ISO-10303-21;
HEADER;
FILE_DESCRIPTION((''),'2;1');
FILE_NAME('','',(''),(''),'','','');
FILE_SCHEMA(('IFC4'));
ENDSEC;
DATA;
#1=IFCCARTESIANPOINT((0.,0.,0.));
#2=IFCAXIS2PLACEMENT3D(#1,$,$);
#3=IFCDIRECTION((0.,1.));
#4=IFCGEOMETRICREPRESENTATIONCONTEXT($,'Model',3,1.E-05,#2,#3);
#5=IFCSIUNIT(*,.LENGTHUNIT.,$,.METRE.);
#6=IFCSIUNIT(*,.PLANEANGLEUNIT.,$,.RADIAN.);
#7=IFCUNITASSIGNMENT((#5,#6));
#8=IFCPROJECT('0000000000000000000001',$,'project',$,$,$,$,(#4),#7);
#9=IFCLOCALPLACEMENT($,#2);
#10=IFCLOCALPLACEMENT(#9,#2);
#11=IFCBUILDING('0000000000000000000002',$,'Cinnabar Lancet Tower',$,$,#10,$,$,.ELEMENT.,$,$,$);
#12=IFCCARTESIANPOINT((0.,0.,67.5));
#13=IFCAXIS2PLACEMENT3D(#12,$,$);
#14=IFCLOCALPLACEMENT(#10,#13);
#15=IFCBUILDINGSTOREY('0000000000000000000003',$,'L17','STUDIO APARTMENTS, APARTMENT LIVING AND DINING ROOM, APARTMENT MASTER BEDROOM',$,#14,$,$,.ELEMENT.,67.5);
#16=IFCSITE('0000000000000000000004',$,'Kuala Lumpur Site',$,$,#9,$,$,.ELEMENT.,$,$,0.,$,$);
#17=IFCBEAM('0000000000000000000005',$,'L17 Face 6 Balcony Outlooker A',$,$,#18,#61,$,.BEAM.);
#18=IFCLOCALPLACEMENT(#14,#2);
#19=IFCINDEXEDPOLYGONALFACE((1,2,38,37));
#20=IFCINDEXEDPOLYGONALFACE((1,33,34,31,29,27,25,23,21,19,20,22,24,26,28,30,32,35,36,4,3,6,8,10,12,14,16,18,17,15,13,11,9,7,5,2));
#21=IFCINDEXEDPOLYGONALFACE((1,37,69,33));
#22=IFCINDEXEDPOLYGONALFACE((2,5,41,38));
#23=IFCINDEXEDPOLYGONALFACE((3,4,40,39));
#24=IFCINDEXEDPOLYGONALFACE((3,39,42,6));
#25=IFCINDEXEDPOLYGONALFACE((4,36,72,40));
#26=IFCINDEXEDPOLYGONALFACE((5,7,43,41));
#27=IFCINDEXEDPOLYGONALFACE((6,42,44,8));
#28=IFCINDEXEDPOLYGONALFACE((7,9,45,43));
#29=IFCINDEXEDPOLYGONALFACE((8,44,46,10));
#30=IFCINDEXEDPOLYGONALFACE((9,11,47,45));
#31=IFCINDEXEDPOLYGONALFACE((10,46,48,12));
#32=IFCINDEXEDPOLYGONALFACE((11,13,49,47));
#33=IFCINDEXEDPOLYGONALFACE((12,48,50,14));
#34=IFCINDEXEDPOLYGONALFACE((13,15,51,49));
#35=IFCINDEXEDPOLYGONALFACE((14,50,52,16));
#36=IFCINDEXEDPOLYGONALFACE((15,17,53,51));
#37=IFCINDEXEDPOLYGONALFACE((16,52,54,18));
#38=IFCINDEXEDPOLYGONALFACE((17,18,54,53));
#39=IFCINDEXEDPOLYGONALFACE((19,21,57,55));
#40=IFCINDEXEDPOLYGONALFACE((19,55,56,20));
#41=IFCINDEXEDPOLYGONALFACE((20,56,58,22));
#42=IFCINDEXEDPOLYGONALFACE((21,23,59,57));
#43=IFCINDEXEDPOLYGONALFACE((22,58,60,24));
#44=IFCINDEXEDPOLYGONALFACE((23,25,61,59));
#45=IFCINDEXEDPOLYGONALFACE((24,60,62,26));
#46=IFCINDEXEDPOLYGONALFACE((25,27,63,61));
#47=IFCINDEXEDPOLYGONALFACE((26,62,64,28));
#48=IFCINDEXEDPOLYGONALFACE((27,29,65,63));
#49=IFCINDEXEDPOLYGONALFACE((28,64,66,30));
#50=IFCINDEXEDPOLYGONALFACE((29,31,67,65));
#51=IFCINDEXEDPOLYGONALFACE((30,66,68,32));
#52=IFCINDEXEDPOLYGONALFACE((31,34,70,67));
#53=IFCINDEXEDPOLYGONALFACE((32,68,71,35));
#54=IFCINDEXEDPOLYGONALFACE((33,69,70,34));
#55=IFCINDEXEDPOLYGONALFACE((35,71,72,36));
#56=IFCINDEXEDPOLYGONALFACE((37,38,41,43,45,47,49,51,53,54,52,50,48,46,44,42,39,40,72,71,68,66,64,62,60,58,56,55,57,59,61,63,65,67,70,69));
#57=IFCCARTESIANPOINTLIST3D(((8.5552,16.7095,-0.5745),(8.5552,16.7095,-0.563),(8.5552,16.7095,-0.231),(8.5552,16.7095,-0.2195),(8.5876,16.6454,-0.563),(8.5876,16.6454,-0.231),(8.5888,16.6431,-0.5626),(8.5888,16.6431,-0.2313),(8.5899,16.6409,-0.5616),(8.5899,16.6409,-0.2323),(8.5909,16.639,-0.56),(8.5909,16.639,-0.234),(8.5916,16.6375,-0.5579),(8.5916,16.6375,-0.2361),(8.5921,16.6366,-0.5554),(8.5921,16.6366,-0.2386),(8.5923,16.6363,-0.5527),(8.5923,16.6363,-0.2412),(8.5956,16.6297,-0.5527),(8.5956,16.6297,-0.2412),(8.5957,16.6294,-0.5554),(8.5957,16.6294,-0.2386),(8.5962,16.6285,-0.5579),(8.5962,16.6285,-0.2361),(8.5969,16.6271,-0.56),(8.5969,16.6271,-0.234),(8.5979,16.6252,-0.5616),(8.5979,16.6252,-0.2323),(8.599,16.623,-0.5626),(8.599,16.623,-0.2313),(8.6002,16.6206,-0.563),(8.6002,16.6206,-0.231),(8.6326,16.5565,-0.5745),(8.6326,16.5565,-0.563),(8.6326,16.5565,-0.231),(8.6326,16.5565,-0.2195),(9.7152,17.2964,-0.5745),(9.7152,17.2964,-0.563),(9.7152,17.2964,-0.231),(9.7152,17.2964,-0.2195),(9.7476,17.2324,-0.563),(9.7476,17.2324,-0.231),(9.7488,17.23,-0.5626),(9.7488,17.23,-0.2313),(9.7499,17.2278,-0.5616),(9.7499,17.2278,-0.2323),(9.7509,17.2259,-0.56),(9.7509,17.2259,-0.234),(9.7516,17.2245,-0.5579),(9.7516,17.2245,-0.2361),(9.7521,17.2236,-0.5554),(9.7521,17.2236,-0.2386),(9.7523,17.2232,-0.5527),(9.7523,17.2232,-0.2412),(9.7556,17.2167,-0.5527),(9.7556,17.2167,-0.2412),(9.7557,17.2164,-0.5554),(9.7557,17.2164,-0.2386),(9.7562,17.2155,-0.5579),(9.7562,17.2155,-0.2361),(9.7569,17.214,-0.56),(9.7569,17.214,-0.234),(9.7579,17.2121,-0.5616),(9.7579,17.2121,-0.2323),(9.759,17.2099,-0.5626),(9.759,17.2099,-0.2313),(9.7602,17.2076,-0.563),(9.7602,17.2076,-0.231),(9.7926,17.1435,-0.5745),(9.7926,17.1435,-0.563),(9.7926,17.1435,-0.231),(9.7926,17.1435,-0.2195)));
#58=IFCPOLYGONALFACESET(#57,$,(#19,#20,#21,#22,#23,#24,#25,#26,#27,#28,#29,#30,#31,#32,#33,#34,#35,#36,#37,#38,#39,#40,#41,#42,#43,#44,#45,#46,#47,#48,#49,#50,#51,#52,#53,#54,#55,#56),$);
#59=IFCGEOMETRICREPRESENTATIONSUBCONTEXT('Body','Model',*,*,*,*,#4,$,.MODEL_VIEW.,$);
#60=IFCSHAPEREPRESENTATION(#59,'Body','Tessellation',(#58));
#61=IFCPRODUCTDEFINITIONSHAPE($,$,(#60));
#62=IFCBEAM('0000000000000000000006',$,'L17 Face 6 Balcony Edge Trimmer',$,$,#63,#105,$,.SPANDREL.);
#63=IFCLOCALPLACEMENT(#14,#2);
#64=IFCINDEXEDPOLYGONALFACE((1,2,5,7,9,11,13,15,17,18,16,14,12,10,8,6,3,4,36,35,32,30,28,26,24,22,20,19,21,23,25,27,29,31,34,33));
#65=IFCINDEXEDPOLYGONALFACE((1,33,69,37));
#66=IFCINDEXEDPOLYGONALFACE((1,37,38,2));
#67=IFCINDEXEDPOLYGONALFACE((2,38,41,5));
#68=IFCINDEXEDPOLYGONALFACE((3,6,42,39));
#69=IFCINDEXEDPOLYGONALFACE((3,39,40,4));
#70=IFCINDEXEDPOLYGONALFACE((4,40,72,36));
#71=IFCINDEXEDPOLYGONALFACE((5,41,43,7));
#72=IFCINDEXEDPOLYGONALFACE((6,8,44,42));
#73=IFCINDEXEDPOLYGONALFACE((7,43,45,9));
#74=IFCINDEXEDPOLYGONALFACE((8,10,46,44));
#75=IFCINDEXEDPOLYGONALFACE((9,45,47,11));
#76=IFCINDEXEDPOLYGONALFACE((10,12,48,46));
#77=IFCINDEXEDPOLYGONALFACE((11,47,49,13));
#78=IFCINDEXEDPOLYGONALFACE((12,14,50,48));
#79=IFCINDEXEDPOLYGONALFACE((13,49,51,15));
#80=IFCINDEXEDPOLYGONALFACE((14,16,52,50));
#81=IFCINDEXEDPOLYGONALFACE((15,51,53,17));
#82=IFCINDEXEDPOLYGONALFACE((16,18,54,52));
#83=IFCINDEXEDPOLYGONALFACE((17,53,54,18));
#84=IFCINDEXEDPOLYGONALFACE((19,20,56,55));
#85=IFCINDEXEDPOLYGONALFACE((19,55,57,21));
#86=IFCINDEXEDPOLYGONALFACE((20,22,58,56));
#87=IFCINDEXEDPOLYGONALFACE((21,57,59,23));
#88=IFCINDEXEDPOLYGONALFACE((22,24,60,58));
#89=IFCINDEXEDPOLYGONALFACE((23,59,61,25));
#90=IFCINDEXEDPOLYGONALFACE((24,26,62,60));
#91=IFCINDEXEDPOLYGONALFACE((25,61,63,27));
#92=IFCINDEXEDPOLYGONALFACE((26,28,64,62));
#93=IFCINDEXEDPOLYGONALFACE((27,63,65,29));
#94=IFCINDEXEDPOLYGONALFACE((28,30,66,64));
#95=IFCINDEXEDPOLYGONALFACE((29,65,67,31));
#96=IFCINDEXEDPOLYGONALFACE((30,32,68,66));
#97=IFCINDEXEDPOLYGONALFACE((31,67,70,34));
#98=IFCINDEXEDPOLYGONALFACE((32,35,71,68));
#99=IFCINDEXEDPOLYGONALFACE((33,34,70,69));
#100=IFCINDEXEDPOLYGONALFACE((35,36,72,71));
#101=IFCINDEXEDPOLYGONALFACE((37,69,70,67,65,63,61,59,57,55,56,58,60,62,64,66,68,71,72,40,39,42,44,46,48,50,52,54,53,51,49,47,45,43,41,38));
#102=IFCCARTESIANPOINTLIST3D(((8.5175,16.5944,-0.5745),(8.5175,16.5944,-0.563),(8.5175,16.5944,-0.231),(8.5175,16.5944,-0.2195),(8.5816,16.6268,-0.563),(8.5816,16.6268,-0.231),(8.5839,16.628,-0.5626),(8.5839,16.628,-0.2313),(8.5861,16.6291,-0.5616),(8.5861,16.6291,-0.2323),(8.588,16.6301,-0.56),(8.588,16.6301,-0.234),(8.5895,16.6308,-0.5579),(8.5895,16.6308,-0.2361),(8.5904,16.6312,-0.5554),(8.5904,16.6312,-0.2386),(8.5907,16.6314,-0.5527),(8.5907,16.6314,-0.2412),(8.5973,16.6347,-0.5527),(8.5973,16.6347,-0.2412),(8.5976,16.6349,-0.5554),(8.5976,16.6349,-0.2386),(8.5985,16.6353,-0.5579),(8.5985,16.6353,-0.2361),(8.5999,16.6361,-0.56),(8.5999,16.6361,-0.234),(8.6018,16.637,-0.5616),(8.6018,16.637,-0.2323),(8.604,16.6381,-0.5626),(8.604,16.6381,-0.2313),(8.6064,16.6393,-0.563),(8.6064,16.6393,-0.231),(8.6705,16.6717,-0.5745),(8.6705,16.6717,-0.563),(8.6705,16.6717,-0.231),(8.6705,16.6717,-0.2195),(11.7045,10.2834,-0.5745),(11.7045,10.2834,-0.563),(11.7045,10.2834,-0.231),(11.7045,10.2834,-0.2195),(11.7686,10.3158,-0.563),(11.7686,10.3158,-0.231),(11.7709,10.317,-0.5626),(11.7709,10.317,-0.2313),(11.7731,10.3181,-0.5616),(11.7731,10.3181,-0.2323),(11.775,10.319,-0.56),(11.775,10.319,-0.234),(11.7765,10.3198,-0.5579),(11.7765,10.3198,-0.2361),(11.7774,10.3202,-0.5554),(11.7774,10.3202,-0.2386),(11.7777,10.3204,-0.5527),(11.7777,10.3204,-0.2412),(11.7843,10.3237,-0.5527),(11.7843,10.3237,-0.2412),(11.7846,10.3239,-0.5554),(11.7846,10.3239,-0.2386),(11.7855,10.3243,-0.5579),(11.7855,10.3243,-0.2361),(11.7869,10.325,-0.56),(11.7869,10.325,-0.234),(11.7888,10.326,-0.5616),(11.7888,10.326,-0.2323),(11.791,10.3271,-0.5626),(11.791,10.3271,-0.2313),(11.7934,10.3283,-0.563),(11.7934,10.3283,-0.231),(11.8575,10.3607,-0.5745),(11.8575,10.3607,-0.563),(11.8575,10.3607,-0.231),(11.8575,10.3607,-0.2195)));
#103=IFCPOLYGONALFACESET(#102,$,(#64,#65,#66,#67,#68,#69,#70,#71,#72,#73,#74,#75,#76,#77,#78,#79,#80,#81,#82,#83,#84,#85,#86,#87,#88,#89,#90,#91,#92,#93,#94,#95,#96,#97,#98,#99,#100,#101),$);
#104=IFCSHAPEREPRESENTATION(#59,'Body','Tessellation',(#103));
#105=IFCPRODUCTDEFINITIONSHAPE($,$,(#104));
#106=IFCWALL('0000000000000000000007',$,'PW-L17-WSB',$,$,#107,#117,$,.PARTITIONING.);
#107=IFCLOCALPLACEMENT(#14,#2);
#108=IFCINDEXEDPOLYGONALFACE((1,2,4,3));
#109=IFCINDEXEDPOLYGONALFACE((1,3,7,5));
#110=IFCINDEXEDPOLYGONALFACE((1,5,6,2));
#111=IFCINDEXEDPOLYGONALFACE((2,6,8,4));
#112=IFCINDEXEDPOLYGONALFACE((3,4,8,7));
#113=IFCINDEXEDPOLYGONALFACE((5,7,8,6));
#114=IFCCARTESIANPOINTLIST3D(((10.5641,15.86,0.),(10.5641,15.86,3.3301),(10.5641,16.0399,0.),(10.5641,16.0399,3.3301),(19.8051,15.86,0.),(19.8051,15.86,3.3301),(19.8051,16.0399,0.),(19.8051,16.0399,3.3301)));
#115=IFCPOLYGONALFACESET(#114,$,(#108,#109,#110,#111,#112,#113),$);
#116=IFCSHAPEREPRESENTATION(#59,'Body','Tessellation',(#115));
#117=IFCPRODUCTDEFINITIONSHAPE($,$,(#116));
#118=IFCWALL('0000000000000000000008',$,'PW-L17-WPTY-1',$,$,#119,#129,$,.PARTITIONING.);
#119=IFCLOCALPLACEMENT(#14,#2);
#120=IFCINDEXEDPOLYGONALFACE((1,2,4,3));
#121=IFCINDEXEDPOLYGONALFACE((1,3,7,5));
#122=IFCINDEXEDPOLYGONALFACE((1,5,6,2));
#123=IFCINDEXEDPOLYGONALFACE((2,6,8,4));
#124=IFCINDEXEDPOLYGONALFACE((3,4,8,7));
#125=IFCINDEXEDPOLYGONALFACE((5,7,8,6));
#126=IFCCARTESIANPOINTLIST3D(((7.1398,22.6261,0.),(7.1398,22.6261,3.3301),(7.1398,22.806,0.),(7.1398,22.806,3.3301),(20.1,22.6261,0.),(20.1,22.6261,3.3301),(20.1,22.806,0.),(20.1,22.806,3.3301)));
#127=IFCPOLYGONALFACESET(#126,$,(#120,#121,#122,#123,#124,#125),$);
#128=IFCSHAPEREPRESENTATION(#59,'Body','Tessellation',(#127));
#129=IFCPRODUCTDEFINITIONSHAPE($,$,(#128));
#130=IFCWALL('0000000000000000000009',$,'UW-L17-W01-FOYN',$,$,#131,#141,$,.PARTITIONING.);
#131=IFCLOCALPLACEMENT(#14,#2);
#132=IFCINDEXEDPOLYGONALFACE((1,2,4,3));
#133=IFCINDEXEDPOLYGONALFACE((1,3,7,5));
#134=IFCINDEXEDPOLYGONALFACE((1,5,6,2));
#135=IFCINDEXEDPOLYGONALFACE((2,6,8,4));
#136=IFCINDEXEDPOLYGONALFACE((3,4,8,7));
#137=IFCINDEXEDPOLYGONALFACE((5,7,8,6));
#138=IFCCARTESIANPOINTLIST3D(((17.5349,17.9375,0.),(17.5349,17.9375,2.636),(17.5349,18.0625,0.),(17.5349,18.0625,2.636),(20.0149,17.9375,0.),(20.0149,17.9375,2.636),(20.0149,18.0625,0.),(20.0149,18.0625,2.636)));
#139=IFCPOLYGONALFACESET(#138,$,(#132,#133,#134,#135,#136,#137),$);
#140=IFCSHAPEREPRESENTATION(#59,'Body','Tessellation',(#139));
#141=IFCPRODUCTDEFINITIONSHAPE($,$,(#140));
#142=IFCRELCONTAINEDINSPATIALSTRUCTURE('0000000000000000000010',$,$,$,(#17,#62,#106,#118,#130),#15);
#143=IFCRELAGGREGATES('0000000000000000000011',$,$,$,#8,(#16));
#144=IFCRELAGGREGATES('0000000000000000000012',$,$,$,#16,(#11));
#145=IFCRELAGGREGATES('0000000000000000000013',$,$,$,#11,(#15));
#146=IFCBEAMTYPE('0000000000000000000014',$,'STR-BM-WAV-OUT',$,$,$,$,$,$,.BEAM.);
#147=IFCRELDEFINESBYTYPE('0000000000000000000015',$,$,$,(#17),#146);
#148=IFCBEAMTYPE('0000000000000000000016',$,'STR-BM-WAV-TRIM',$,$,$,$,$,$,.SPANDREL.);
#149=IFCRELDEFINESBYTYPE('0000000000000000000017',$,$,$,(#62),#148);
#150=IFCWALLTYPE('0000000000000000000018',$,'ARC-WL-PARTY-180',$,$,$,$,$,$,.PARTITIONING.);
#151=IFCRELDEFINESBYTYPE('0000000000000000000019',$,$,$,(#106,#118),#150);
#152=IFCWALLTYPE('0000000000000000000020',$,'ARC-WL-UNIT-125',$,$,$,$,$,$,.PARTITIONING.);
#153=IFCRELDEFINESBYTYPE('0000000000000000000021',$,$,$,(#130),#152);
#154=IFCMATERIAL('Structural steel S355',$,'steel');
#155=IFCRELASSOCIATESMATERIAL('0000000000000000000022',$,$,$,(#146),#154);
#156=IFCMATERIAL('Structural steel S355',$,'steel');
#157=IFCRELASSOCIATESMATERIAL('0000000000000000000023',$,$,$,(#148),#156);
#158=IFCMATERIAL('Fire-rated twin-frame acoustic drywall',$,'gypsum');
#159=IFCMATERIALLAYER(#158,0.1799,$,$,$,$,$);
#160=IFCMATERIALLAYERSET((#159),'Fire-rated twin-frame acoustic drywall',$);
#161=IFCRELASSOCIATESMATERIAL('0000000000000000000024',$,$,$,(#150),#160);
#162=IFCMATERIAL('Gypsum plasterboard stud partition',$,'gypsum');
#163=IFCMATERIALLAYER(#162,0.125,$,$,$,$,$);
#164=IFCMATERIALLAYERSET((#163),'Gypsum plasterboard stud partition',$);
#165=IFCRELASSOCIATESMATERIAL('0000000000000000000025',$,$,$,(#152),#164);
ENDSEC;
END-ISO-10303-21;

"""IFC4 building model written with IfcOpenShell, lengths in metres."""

from ifc_helpers import new_model, si_unit, direction, frame, frame_2d, origin, origin_2d, place, context, subcontext, project, spatial, rectangle, i_section, extrude, material, layer, layer_set, material_profile, profile_set, type_object, element, save


model = new_model("IFC4")

# Units and contexts
model_context = context("Model", 3, precision=1e-05, world=origin(), true_north=direction((0.0, 1.0)))
body_context = subcontext(model_context, "Body", "Model", "MODEL_VIEW")
ifc_project = project(units=[si_unit("LENGTHUNIT", "METRE"), si_unit("PLANEANGLEUNIT", "RADIAN")], contexts=[model_context])

# Site, building, storey
site_placement = place(None, origin())
site = spatial("IfcSite", under=ifc_project, at=site_placement, Name="Kuala Lumpur Site", CompositionType="ELEMENT", RefElevation=0.0)
building_placement = place(site_placement, origin())
building = spatial("IfcBuilding", under=site, at=building_placement, Name="Cinnabar Lancet Tower", CompositionType="ELEMENT")
storey_placement = place(building_placement, frame((0.0, 0.0, 67.5)))
storey = spatial("IfcBuildingStorey", under=building, at=storey_placement, Name="L17", Description="STUDIO APARTMENTS, APARTMENT LIVING AND DINING ROOM, APARTMENT MASTER BEDROOM", CompositionType="ELEMENT", Elevation=67.5)

# Beams
ifc_material_1 = material(Name="Structural steel S355", Category="steel")
ifc_material_profile_1 = material_profile(ifc_material_1, i_section(OverallWidth=0.1714, OverallDepth=0.355, WebThickness=0.0073, FlangeThickness=0.0115, FilletRadius=0.0103, at=origin_2d()), Name="UKB 356x171x51")
ifc_profile_set_1 = profile_set([ifc_material_profile_1], Name="Structural steel S355")
beam_type_1 = type_object("IfcBeamType", Name="STR-BM-WAV-OUT", PredefinedType="BEAM", material=ifc_profile_set_1)
beam_1_placement = place(storey_placement, frame((9.7539, 17.22, -0.397), z_axis=(-0.892276, -0.45149, 0.0), x_axis=(0.45149, -0.892276, 0.0)))
element("IfcBeam", 1, at=beam_1_placement, inside=storey, type_object=beam_type_1, Name="L17 Face 6 Balcony Outlooker A", PredefinedType="BEAM", context=body_context, shape_type="SweptSolid", body=[
    extrude(i_section(OverallWidth=0.1714, OverallDepth=0.355, WebThickness=0.0073, FlangeThickness=0.0115, FilletRadius=0.0103, at=origin_2d()), origin(), (0.0, 0.0, 1.0), 1.3),
])
ifc_material_2 = material(Name="Structural steel S355", Category="steel")
ifc_material_profile_2 = material_profile(ifc_material_2, i_section(OverallWidth=0.1714, OverallDepth=0.355, WebThickness=0.0073, FlangeThickness=0.0115, FilletRadius=0.0103, at=origin_2d()), Name="UKB 356x171x51")
ifc_profile_set_2 = profile_set([ifc_material_profile_2], Name="Structural steel S355")
beam_type_2 = type_object("IfcBeamType", Name="STR-BM-WAV-TRIM", PredefinedType="SPANDREL", material=ifc_profile_set_2)
beam_2_placement = place(storey_placement, frame((8.594, 16.6331, -0.397), z_axis=(0.450774, -0.892638, 0.0), x_axis=(0.892638, 0.450774, 0.0)))
element("IfcBeam", 2, at=beam_2_placement, inside=storey, type_object=beam_type_2, Name="L17 Face 6 Balcony Edge Trimmer", PredefinedType="SPANDREL", context=body_context, shape_type="SweptSolid", body=[
    extrude(i_section(OverallWidth=0.1714, OverallDepth=0.355, WebThickness=0.0073, FlangeThickness=0.0115, FilletRadius=0.0103, at=origin_2d()), origin(), (0.0, 0.0, 1.0), 7.0701),
])

# Walls
ifc_material_3 = material(Name="Fire-rated twin-frame acoustic drywall", Category="gypsum")
ifc_layer_1 = layer(ifc_material_3, 0.1799)
ifc_layer_set_1 = layer_set([ifc_layer_1], Name="Fire-rated twin-frame acoustic drywall")
wall_type_1 = type_object("IfcWallType", Name="ARC-WL-PARTY-180", PredefinedType="PARTITIONING", material=ifc_layer_set_1)
wall_1_placement = place(storey_placement, frame((10.564, 15.95, 0.0), z_axis=(0.0, 0.0, 1.0), x_axis=(1.0, 0.0, 0.0)))
element("IfcWall", 3, at=wall_1_placement, inside=storey, type_object=wall_type_1, Name="PW-L17-WSB", PredefinedType="PARTITIONING", context=body_context, shape_type="SweptSolid", body=[
    extrude(rectangle(XDim=9.241, YDim=0.1799, at=frame_2d((4.6206, 0.0))), origin(), (0.0, 0.0, 1.0), 3.3301),
])
wall_2_placement = place(storey_placement, frame((7.1399, 22.7161, 0.0), z_axis=(0.0, 0.0, 1.0), x_axis=(1.0, 0.0, 0.0)))
element("IfcWall", 4, at=wall_2_placement, inside=storey, type_object=wall_type_1, Name="PW-L17-WPTY-1", PredefinedType="PARTITIONING", context=body_context, shape_type="SweptSolid", body=[
    extrude(rectangle(XDim=12.9602, YDim=0.1799, at=frame_2d((6.48, 0.0))), origin(), (0.0, 0.0, 1.0), 3.3301),
])
ifc_material_4 = material(Name="Gypsum plasterboard stud partition", Category="gypsum")
ifc_layer_2 = layer(ifc_material_4, 0.125)
ifc_layer_set_2 = layer_set([ifc_layer_2], Name="Gypsum plasterboard stud partition")
wall_type_2 = type_object("IfcWallType", Name="ARC-WL-UNIT-125", PredefinedType="PARTITIONING", material=ifc_layer_set_2)
wall_3_placement = place(storey_placement, frame((17.5349, 18.0, 0.0), z_axis=(0.0, 0.0, 1.0), x_axis=(1.0, 0.0, 0.0)))
element("IfcWall", 5, at=wall_3_placement, inside=storey, type_object=wall_type_2, Name="UW-L17-W01-FOYN", PredefinedType="PARTITIONING", context=body_context, shape_type="SweptSolid", body=[
    extrude(rectangle(XDim=2.48, YDim=0.125, at=frame_2d((1.24, 0.0))), origin(), (0.0, 0.0, 1.0), 2.636),
])

save(model, "model.ifc")
